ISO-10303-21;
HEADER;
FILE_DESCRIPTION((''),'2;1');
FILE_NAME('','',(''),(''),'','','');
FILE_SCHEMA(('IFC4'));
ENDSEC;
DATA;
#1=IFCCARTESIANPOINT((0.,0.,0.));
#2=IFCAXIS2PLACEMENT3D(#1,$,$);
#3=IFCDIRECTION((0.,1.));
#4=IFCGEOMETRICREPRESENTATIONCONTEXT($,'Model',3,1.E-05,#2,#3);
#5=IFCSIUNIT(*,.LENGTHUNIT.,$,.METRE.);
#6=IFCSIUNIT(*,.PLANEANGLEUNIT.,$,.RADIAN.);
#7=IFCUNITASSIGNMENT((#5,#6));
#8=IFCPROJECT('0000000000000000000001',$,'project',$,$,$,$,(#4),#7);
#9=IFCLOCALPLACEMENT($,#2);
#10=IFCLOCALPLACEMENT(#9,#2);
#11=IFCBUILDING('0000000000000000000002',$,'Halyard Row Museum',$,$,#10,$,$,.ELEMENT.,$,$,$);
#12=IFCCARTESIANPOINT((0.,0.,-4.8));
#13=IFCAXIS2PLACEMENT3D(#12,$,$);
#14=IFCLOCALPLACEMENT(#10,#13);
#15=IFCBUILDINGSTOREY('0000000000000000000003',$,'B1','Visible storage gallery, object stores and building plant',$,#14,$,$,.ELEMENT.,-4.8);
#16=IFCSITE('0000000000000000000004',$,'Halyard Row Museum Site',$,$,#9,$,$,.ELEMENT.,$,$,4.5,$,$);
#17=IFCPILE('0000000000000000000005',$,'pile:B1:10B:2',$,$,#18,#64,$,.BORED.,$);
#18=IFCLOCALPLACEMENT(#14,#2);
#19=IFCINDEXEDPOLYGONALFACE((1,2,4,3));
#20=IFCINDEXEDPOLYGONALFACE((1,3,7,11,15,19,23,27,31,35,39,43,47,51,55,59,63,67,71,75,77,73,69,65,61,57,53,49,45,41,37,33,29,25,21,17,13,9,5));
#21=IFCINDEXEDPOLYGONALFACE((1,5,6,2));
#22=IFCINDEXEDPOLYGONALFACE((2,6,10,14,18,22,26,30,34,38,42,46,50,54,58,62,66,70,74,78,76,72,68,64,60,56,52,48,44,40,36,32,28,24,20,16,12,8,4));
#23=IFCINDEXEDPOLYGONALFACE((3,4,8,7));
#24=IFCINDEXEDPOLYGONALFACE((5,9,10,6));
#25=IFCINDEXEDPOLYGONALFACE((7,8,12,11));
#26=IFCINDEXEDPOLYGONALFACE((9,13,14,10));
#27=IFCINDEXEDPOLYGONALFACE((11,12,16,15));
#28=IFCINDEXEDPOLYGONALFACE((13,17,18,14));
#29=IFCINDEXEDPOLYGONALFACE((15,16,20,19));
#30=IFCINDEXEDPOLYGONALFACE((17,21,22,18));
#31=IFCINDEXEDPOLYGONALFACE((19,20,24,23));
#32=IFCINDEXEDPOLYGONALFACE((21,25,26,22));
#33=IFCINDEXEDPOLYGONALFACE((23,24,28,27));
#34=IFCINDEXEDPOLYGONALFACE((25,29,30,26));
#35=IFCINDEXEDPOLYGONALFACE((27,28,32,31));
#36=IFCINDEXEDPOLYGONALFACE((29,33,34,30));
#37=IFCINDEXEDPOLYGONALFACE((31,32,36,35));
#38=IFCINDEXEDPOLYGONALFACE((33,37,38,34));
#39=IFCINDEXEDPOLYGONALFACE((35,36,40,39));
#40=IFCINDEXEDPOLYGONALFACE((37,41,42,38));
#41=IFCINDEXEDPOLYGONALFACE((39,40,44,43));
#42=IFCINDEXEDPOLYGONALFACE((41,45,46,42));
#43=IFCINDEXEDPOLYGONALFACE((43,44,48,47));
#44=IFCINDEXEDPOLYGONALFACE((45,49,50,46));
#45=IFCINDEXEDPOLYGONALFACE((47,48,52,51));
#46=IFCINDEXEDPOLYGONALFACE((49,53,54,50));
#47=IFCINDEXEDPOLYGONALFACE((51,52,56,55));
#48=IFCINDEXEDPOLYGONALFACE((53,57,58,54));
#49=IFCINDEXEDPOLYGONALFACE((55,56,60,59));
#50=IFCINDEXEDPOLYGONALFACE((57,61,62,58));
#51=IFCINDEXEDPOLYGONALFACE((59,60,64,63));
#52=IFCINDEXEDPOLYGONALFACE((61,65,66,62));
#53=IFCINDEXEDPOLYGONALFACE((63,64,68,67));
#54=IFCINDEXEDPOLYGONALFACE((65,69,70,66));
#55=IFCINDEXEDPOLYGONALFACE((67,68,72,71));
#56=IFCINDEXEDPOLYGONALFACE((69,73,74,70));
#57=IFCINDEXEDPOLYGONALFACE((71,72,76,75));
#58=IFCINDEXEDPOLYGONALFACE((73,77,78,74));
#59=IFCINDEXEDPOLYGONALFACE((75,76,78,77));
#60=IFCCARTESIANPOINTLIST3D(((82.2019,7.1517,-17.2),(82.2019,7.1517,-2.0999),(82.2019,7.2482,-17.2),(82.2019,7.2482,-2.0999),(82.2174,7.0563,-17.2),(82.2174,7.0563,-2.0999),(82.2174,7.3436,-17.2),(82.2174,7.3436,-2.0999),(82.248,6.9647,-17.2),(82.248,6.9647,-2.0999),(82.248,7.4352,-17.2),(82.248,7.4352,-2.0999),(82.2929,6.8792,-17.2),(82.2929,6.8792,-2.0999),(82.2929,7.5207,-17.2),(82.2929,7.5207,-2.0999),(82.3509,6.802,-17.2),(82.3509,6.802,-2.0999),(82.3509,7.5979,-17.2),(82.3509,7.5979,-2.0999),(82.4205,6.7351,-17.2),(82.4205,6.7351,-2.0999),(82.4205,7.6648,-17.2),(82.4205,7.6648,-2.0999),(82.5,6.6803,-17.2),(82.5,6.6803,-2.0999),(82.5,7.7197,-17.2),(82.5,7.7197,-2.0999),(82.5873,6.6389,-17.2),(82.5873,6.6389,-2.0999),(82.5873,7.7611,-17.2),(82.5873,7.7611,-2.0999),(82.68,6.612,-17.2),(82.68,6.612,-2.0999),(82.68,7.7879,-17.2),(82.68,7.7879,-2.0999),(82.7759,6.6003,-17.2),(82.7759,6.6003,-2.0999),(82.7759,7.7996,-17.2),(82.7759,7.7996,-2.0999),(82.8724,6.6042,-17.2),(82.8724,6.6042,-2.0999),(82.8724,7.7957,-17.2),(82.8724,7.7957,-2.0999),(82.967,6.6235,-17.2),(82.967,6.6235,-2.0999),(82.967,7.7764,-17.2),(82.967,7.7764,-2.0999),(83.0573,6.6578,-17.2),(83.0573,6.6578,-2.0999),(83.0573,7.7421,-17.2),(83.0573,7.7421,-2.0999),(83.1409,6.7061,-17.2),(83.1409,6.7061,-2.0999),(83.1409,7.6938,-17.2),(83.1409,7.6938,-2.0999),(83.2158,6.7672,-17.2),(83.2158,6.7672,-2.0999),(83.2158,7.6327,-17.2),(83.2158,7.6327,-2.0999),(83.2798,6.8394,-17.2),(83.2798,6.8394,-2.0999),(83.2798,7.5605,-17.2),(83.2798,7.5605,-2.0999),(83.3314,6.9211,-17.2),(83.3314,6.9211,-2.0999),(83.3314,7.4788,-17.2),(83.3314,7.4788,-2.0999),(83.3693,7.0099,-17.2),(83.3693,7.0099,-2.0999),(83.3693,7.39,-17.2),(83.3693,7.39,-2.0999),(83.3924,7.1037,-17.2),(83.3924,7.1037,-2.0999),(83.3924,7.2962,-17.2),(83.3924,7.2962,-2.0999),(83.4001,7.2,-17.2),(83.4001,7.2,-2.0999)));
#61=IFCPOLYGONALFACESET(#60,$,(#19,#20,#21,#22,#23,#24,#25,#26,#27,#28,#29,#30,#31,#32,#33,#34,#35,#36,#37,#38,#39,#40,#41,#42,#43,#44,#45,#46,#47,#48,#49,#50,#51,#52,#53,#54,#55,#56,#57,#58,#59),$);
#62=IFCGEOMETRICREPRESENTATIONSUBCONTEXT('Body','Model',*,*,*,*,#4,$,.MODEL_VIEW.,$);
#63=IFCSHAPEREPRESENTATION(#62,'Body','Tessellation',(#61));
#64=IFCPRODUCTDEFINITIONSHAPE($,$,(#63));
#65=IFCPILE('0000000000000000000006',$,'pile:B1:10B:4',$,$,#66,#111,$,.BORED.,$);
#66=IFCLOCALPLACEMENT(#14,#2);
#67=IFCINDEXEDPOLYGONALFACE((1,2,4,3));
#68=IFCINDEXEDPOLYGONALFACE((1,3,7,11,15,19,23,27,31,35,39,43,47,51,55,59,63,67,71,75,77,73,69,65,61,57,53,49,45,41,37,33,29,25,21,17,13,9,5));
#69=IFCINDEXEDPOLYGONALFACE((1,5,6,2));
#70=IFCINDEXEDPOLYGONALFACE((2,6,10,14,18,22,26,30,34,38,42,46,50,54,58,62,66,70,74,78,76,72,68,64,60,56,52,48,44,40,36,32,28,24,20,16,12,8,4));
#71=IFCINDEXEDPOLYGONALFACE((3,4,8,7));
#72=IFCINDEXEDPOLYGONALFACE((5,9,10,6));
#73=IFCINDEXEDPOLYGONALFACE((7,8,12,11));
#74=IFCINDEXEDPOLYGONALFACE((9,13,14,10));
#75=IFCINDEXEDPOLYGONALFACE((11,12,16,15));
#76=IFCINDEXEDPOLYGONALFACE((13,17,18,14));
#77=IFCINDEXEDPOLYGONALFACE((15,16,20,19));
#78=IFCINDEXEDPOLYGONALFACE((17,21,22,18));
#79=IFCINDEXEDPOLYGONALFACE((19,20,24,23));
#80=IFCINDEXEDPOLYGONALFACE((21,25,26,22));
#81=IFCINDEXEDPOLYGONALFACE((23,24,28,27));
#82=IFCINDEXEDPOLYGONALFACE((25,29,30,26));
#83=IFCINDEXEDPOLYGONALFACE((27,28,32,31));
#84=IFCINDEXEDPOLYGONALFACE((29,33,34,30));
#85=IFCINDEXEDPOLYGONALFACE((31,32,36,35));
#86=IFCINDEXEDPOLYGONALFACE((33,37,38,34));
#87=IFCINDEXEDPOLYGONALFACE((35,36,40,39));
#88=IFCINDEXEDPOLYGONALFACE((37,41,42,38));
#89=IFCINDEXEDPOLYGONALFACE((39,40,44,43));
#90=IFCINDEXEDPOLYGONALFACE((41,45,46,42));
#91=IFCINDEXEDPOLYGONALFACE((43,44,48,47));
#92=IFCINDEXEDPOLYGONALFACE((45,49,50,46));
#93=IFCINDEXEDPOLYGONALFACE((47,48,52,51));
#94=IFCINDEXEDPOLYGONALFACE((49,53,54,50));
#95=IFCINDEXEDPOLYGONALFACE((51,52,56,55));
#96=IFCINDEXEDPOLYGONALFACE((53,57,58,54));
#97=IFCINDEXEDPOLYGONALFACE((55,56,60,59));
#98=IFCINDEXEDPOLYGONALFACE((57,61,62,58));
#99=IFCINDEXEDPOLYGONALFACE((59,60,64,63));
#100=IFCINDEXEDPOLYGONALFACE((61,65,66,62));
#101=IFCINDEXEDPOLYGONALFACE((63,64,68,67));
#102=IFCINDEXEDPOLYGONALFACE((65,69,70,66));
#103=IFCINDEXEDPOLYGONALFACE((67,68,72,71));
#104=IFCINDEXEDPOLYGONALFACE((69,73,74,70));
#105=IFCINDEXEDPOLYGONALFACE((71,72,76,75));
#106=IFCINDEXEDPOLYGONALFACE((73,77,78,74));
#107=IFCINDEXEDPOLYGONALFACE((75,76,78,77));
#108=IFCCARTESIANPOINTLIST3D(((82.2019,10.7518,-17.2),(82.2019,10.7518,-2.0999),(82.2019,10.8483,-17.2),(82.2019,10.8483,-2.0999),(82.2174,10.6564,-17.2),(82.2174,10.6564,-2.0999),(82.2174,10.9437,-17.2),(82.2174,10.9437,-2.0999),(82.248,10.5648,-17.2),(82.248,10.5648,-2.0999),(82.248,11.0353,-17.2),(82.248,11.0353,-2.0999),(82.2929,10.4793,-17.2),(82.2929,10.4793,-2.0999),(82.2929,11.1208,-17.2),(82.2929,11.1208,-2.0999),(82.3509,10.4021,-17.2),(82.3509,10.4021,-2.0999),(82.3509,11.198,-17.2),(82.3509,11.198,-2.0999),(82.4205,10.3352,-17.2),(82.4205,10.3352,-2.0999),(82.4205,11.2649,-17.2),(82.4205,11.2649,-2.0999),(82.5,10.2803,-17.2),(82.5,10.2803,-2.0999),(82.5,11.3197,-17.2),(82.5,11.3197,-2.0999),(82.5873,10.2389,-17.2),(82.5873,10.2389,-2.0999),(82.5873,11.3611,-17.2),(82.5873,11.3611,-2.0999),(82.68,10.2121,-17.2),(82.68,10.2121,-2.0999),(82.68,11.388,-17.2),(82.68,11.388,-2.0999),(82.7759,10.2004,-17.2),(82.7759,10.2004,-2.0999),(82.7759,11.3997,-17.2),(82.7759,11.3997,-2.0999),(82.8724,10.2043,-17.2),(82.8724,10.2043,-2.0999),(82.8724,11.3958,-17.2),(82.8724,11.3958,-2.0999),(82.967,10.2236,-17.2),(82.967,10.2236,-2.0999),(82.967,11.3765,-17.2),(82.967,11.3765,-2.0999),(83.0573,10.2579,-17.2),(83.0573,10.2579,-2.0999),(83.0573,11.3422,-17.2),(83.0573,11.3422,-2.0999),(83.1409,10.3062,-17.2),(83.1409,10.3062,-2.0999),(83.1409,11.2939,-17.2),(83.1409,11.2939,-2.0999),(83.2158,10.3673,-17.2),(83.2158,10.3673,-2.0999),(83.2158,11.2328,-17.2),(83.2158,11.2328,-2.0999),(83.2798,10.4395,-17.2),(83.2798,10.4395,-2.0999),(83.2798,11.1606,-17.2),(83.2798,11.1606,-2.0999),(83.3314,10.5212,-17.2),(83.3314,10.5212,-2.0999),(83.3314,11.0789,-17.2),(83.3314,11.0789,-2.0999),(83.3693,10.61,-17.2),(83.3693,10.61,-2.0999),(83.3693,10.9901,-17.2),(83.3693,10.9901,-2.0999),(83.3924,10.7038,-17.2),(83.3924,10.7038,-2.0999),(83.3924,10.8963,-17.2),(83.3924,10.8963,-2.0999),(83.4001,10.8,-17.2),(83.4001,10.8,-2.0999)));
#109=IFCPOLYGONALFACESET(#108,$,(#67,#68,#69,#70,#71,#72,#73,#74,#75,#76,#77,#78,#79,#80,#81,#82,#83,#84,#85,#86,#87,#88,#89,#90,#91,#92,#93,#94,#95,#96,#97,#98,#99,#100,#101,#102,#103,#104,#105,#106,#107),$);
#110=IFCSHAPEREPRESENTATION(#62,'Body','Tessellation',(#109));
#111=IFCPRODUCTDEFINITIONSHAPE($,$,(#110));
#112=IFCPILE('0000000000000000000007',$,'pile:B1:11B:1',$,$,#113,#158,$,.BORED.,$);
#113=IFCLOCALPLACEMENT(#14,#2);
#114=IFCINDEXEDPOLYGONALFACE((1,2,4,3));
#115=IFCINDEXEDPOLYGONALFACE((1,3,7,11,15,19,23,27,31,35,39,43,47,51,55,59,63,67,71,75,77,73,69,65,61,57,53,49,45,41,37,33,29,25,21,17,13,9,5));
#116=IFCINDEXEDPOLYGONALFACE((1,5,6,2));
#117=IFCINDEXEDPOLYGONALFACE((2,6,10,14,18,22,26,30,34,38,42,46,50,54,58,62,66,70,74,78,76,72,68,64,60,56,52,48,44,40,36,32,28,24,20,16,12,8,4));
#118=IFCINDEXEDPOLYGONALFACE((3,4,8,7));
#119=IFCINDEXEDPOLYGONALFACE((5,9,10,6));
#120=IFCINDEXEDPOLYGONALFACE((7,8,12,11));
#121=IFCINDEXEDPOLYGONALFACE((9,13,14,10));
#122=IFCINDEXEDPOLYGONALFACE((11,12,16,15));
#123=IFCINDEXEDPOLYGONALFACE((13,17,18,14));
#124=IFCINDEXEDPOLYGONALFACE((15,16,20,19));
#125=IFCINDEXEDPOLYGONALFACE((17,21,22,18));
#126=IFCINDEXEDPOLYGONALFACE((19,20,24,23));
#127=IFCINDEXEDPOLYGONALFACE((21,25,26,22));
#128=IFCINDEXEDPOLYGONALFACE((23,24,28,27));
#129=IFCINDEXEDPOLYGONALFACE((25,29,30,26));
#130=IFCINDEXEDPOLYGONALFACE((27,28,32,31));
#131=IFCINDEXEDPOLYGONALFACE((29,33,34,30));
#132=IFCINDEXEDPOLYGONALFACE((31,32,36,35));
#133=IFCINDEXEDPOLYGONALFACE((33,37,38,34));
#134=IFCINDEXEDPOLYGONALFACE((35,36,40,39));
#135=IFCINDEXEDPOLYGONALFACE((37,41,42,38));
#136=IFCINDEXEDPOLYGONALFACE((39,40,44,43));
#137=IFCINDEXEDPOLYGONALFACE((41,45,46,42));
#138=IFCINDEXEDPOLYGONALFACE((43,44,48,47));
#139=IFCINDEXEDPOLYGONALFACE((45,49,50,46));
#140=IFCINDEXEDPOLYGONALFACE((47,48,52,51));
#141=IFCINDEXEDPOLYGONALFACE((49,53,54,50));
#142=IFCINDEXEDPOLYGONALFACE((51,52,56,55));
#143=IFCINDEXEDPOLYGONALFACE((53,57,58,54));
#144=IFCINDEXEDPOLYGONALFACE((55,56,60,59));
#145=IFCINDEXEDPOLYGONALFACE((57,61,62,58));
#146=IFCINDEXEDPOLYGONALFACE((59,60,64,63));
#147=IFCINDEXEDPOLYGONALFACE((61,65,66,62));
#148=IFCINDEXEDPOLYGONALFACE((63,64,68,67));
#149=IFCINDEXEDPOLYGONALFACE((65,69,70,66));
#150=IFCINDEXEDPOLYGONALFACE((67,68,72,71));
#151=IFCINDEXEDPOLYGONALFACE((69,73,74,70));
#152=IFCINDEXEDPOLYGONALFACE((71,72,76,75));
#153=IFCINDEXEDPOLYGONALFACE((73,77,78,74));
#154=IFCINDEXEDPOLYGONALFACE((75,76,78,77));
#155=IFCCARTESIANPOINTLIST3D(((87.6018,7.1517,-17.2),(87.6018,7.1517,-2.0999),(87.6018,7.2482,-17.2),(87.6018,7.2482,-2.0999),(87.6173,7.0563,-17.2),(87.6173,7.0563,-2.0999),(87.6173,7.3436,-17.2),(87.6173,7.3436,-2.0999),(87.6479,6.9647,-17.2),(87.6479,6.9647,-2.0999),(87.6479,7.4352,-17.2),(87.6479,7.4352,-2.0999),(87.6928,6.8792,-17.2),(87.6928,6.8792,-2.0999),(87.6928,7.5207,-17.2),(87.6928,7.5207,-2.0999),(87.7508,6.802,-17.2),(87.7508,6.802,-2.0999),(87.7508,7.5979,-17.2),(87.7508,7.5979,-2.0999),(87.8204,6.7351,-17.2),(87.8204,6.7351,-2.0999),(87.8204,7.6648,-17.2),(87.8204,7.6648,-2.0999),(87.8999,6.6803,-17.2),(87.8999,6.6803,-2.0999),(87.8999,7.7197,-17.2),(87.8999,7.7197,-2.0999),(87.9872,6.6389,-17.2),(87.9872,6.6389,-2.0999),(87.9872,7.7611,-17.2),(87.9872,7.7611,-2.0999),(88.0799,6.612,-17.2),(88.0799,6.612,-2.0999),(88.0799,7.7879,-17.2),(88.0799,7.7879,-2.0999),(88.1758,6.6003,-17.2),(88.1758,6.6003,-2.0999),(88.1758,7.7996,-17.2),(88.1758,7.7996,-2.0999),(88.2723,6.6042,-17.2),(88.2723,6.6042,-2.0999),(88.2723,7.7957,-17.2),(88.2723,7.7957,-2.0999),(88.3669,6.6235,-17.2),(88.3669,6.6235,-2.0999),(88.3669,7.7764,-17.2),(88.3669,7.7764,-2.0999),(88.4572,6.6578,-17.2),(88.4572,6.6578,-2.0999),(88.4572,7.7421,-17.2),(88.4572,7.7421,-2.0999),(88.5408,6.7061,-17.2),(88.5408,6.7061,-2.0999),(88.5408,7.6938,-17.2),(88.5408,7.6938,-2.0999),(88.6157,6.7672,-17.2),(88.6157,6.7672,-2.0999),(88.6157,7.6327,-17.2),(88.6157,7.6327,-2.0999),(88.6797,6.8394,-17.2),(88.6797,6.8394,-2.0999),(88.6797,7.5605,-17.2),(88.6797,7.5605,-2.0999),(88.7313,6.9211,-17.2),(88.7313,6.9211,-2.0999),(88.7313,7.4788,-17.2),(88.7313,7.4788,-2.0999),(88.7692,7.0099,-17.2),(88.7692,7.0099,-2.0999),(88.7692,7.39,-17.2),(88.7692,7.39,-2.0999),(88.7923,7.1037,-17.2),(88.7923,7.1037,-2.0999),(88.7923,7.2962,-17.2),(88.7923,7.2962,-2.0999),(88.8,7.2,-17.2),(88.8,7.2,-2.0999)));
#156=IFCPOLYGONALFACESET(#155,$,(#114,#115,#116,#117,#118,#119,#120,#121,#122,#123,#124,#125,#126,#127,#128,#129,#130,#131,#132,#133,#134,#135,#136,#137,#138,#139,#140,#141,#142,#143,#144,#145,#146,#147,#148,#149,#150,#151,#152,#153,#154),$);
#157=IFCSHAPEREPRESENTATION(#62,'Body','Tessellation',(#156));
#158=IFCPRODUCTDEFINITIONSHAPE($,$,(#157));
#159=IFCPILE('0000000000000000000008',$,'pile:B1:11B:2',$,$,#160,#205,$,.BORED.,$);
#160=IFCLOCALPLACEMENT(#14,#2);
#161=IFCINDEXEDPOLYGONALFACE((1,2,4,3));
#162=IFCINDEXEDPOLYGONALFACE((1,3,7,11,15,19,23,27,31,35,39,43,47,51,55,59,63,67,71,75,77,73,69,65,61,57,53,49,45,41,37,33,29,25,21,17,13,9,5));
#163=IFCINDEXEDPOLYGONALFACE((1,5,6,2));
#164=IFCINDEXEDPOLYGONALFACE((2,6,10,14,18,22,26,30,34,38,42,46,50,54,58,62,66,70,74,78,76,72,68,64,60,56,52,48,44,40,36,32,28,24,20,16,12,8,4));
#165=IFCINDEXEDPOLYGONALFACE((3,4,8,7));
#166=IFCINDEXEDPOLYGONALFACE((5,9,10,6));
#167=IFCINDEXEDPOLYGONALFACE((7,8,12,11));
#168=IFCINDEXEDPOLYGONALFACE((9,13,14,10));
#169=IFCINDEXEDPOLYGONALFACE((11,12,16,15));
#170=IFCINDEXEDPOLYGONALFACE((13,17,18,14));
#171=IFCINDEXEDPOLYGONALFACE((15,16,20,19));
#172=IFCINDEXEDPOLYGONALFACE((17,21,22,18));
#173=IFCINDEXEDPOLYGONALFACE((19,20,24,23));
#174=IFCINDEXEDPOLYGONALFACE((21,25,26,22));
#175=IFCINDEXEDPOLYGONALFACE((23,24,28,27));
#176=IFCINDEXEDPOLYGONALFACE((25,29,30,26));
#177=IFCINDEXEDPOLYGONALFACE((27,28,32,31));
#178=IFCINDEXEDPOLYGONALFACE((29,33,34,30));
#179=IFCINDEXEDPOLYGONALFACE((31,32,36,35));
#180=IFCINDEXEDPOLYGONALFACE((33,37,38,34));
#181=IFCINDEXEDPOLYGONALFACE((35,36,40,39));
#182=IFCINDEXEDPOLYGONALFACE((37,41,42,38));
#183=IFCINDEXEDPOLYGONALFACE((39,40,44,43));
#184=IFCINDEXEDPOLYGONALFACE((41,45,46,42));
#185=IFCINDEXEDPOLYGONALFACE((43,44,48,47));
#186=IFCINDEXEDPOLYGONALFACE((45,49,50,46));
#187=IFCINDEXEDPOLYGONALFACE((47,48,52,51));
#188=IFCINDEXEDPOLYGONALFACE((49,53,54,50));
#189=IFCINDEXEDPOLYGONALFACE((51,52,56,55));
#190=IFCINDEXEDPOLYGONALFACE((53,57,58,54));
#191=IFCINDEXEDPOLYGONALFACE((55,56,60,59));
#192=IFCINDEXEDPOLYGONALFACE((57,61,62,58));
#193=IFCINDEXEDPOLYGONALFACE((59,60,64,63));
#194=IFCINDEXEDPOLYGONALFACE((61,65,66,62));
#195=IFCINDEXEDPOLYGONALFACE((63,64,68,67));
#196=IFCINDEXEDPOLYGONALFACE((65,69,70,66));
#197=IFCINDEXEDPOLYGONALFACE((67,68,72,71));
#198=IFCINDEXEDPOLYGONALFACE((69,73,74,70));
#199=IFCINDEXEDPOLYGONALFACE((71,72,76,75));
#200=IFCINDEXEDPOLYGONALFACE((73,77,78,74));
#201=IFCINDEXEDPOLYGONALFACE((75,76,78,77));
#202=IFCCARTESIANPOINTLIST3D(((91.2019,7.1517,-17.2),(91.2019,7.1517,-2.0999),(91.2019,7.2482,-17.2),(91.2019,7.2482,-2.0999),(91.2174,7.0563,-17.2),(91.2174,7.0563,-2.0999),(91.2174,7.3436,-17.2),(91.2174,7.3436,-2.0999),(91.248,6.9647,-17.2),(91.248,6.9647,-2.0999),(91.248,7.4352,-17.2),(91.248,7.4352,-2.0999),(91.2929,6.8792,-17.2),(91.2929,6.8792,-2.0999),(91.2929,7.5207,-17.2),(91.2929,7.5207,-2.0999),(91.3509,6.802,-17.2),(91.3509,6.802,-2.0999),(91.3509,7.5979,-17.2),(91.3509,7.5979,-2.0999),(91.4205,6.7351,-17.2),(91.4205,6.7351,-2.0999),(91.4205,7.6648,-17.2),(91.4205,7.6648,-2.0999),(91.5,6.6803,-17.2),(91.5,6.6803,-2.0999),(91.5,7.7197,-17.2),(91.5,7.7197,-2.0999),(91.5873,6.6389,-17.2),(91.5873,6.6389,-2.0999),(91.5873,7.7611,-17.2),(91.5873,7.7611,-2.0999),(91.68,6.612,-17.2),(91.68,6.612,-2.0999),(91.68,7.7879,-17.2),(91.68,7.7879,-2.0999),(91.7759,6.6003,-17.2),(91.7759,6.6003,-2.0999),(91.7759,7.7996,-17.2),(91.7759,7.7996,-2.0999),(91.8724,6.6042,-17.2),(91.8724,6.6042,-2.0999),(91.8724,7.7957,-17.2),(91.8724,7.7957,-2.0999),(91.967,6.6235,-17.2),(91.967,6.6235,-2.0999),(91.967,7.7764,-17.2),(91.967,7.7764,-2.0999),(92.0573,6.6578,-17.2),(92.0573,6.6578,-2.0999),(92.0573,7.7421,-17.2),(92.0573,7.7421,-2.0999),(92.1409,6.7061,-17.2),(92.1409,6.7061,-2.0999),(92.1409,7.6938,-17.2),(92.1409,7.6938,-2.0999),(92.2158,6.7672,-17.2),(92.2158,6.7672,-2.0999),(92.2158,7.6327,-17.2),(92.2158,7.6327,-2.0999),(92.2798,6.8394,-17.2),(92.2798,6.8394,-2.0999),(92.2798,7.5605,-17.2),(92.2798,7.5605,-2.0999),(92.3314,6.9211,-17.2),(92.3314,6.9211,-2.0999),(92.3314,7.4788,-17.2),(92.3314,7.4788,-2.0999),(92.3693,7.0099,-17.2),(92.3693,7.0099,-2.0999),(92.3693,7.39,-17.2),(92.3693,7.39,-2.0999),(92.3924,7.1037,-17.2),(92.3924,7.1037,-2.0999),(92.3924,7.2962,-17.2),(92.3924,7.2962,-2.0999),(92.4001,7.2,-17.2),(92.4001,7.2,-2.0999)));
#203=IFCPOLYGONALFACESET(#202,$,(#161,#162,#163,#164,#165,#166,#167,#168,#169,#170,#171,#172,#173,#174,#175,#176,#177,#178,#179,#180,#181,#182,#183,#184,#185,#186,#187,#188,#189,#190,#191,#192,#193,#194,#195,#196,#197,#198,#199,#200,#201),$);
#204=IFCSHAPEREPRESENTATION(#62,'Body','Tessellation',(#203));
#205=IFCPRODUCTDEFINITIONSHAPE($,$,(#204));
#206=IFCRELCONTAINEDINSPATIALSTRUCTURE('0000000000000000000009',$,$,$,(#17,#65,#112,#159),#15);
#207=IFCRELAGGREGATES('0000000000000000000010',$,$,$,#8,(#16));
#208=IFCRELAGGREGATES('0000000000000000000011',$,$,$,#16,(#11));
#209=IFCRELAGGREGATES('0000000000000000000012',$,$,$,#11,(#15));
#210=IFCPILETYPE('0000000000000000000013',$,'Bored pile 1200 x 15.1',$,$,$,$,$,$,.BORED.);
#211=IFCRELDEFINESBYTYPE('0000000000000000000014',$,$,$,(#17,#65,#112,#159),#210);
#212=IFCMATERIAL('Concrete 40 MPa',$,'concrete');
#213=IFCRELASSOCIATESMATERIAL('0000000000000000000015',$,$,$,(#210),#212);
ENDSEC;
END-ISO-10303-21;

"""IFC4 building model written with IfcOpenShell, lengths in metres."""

from ifc_helpers import new_model, si_unit, direction, frame, origin, origin_2d, place, context, subcontext, project, spatial, circle, extrude, material, material_profile, profile_set, type_object, element, save


model = new_model("IFC4")

# Units and contexts
model_context = context("Model", 3, precision=1e-05, world=origin(), true_north=direction((0.0, 1.0)))
body_context = subcontext(model_context, "Body", "Model", "MODEL_VIEW")
ifc_project = project(units=[si_unit("LENGTHUNIT", "METRE"), si_unit("PLANEANGLEUNIT", "RADIAN")], contexts=[model_context])

# Site, building, storey
site_placement = place(None, origin())
site = spatial("IfcSite", under=ifc_project, at=site_placement, Name="Halyard Row Museum Site", CompositionType="ELEMENT", RefElevation=4.5)
building_placement = place(site_placement, origin())
building = spatial("IfcBuilding", under=site, at=building_placement, Name="Halyard Row Museum", CompositionType="ELEMENT")
storey_placement = place(building_placement, frame((0.0, 0.0, -4.8)))
storey = spatial("IfcBuildingStorey", under=building, at=storey_placement, Name="B1", Description="Visible storage gallery, object stores and building plant", CompositionType="ELEMENT", Elevation=-4.8)

# Piles
ifc_material_1 = material(Name="Concrete 40 MPa", Category="concrete")
ifc_material_profile_1 = material_profile(ifc_material_1, circle(Radius=0.6001, at=origin_2d()), Name="Bored pile 1200 x 15.1")
ifc_profile_set_1 = profile_set([ifc_material_profile_1], Name="Concrete 40 MPa")
pile_type_1 = type_object("IfcPileType", Name="Bored pile 1200 x 15.1", PredefinedType="BORED", material=ifc_profile_set_1)
for number, where, z_axis, x_axis, name in (
    (1, (82.8, 7.2, -2.0999), (0.0, 0.0, -1.0), (1.0, 0.0, 0.0), "pile:B1:10B:2"),
    (2, (82.8, 10.8, -2.0999), (0.0, 0.0, -1.0), (1.0, 0.0, 0.0), "pile:B1:10B:4"),
    (3, (88.2, 7.2, -2.0999), (0.0, 0.0, -1.0), (1.0, 0.0, 0.0), "pile:B1:11B:1"),
    (4, (91.8, 7.2, -2.0999), (0.0, 0.0, -1.0), (1.0, 0.0, 0.0), "pile:B1:11B:2"),
):
    element("IfcPile", number, at=place(storey_placement, frame(where, z_axis=z_axis, x_axis=x_axis)), inside=storey, type_object=pile_type_1, Name=name, PredefinedType="BORED", context=body_context, shape_type="SweptSolid", body=[
        extrude(circle(Radius=0.6001, at=origin_2d()), origin(), (0.0, 0.0, 1.0), 15.1001),
    ])

save(model, "model.ifc")
